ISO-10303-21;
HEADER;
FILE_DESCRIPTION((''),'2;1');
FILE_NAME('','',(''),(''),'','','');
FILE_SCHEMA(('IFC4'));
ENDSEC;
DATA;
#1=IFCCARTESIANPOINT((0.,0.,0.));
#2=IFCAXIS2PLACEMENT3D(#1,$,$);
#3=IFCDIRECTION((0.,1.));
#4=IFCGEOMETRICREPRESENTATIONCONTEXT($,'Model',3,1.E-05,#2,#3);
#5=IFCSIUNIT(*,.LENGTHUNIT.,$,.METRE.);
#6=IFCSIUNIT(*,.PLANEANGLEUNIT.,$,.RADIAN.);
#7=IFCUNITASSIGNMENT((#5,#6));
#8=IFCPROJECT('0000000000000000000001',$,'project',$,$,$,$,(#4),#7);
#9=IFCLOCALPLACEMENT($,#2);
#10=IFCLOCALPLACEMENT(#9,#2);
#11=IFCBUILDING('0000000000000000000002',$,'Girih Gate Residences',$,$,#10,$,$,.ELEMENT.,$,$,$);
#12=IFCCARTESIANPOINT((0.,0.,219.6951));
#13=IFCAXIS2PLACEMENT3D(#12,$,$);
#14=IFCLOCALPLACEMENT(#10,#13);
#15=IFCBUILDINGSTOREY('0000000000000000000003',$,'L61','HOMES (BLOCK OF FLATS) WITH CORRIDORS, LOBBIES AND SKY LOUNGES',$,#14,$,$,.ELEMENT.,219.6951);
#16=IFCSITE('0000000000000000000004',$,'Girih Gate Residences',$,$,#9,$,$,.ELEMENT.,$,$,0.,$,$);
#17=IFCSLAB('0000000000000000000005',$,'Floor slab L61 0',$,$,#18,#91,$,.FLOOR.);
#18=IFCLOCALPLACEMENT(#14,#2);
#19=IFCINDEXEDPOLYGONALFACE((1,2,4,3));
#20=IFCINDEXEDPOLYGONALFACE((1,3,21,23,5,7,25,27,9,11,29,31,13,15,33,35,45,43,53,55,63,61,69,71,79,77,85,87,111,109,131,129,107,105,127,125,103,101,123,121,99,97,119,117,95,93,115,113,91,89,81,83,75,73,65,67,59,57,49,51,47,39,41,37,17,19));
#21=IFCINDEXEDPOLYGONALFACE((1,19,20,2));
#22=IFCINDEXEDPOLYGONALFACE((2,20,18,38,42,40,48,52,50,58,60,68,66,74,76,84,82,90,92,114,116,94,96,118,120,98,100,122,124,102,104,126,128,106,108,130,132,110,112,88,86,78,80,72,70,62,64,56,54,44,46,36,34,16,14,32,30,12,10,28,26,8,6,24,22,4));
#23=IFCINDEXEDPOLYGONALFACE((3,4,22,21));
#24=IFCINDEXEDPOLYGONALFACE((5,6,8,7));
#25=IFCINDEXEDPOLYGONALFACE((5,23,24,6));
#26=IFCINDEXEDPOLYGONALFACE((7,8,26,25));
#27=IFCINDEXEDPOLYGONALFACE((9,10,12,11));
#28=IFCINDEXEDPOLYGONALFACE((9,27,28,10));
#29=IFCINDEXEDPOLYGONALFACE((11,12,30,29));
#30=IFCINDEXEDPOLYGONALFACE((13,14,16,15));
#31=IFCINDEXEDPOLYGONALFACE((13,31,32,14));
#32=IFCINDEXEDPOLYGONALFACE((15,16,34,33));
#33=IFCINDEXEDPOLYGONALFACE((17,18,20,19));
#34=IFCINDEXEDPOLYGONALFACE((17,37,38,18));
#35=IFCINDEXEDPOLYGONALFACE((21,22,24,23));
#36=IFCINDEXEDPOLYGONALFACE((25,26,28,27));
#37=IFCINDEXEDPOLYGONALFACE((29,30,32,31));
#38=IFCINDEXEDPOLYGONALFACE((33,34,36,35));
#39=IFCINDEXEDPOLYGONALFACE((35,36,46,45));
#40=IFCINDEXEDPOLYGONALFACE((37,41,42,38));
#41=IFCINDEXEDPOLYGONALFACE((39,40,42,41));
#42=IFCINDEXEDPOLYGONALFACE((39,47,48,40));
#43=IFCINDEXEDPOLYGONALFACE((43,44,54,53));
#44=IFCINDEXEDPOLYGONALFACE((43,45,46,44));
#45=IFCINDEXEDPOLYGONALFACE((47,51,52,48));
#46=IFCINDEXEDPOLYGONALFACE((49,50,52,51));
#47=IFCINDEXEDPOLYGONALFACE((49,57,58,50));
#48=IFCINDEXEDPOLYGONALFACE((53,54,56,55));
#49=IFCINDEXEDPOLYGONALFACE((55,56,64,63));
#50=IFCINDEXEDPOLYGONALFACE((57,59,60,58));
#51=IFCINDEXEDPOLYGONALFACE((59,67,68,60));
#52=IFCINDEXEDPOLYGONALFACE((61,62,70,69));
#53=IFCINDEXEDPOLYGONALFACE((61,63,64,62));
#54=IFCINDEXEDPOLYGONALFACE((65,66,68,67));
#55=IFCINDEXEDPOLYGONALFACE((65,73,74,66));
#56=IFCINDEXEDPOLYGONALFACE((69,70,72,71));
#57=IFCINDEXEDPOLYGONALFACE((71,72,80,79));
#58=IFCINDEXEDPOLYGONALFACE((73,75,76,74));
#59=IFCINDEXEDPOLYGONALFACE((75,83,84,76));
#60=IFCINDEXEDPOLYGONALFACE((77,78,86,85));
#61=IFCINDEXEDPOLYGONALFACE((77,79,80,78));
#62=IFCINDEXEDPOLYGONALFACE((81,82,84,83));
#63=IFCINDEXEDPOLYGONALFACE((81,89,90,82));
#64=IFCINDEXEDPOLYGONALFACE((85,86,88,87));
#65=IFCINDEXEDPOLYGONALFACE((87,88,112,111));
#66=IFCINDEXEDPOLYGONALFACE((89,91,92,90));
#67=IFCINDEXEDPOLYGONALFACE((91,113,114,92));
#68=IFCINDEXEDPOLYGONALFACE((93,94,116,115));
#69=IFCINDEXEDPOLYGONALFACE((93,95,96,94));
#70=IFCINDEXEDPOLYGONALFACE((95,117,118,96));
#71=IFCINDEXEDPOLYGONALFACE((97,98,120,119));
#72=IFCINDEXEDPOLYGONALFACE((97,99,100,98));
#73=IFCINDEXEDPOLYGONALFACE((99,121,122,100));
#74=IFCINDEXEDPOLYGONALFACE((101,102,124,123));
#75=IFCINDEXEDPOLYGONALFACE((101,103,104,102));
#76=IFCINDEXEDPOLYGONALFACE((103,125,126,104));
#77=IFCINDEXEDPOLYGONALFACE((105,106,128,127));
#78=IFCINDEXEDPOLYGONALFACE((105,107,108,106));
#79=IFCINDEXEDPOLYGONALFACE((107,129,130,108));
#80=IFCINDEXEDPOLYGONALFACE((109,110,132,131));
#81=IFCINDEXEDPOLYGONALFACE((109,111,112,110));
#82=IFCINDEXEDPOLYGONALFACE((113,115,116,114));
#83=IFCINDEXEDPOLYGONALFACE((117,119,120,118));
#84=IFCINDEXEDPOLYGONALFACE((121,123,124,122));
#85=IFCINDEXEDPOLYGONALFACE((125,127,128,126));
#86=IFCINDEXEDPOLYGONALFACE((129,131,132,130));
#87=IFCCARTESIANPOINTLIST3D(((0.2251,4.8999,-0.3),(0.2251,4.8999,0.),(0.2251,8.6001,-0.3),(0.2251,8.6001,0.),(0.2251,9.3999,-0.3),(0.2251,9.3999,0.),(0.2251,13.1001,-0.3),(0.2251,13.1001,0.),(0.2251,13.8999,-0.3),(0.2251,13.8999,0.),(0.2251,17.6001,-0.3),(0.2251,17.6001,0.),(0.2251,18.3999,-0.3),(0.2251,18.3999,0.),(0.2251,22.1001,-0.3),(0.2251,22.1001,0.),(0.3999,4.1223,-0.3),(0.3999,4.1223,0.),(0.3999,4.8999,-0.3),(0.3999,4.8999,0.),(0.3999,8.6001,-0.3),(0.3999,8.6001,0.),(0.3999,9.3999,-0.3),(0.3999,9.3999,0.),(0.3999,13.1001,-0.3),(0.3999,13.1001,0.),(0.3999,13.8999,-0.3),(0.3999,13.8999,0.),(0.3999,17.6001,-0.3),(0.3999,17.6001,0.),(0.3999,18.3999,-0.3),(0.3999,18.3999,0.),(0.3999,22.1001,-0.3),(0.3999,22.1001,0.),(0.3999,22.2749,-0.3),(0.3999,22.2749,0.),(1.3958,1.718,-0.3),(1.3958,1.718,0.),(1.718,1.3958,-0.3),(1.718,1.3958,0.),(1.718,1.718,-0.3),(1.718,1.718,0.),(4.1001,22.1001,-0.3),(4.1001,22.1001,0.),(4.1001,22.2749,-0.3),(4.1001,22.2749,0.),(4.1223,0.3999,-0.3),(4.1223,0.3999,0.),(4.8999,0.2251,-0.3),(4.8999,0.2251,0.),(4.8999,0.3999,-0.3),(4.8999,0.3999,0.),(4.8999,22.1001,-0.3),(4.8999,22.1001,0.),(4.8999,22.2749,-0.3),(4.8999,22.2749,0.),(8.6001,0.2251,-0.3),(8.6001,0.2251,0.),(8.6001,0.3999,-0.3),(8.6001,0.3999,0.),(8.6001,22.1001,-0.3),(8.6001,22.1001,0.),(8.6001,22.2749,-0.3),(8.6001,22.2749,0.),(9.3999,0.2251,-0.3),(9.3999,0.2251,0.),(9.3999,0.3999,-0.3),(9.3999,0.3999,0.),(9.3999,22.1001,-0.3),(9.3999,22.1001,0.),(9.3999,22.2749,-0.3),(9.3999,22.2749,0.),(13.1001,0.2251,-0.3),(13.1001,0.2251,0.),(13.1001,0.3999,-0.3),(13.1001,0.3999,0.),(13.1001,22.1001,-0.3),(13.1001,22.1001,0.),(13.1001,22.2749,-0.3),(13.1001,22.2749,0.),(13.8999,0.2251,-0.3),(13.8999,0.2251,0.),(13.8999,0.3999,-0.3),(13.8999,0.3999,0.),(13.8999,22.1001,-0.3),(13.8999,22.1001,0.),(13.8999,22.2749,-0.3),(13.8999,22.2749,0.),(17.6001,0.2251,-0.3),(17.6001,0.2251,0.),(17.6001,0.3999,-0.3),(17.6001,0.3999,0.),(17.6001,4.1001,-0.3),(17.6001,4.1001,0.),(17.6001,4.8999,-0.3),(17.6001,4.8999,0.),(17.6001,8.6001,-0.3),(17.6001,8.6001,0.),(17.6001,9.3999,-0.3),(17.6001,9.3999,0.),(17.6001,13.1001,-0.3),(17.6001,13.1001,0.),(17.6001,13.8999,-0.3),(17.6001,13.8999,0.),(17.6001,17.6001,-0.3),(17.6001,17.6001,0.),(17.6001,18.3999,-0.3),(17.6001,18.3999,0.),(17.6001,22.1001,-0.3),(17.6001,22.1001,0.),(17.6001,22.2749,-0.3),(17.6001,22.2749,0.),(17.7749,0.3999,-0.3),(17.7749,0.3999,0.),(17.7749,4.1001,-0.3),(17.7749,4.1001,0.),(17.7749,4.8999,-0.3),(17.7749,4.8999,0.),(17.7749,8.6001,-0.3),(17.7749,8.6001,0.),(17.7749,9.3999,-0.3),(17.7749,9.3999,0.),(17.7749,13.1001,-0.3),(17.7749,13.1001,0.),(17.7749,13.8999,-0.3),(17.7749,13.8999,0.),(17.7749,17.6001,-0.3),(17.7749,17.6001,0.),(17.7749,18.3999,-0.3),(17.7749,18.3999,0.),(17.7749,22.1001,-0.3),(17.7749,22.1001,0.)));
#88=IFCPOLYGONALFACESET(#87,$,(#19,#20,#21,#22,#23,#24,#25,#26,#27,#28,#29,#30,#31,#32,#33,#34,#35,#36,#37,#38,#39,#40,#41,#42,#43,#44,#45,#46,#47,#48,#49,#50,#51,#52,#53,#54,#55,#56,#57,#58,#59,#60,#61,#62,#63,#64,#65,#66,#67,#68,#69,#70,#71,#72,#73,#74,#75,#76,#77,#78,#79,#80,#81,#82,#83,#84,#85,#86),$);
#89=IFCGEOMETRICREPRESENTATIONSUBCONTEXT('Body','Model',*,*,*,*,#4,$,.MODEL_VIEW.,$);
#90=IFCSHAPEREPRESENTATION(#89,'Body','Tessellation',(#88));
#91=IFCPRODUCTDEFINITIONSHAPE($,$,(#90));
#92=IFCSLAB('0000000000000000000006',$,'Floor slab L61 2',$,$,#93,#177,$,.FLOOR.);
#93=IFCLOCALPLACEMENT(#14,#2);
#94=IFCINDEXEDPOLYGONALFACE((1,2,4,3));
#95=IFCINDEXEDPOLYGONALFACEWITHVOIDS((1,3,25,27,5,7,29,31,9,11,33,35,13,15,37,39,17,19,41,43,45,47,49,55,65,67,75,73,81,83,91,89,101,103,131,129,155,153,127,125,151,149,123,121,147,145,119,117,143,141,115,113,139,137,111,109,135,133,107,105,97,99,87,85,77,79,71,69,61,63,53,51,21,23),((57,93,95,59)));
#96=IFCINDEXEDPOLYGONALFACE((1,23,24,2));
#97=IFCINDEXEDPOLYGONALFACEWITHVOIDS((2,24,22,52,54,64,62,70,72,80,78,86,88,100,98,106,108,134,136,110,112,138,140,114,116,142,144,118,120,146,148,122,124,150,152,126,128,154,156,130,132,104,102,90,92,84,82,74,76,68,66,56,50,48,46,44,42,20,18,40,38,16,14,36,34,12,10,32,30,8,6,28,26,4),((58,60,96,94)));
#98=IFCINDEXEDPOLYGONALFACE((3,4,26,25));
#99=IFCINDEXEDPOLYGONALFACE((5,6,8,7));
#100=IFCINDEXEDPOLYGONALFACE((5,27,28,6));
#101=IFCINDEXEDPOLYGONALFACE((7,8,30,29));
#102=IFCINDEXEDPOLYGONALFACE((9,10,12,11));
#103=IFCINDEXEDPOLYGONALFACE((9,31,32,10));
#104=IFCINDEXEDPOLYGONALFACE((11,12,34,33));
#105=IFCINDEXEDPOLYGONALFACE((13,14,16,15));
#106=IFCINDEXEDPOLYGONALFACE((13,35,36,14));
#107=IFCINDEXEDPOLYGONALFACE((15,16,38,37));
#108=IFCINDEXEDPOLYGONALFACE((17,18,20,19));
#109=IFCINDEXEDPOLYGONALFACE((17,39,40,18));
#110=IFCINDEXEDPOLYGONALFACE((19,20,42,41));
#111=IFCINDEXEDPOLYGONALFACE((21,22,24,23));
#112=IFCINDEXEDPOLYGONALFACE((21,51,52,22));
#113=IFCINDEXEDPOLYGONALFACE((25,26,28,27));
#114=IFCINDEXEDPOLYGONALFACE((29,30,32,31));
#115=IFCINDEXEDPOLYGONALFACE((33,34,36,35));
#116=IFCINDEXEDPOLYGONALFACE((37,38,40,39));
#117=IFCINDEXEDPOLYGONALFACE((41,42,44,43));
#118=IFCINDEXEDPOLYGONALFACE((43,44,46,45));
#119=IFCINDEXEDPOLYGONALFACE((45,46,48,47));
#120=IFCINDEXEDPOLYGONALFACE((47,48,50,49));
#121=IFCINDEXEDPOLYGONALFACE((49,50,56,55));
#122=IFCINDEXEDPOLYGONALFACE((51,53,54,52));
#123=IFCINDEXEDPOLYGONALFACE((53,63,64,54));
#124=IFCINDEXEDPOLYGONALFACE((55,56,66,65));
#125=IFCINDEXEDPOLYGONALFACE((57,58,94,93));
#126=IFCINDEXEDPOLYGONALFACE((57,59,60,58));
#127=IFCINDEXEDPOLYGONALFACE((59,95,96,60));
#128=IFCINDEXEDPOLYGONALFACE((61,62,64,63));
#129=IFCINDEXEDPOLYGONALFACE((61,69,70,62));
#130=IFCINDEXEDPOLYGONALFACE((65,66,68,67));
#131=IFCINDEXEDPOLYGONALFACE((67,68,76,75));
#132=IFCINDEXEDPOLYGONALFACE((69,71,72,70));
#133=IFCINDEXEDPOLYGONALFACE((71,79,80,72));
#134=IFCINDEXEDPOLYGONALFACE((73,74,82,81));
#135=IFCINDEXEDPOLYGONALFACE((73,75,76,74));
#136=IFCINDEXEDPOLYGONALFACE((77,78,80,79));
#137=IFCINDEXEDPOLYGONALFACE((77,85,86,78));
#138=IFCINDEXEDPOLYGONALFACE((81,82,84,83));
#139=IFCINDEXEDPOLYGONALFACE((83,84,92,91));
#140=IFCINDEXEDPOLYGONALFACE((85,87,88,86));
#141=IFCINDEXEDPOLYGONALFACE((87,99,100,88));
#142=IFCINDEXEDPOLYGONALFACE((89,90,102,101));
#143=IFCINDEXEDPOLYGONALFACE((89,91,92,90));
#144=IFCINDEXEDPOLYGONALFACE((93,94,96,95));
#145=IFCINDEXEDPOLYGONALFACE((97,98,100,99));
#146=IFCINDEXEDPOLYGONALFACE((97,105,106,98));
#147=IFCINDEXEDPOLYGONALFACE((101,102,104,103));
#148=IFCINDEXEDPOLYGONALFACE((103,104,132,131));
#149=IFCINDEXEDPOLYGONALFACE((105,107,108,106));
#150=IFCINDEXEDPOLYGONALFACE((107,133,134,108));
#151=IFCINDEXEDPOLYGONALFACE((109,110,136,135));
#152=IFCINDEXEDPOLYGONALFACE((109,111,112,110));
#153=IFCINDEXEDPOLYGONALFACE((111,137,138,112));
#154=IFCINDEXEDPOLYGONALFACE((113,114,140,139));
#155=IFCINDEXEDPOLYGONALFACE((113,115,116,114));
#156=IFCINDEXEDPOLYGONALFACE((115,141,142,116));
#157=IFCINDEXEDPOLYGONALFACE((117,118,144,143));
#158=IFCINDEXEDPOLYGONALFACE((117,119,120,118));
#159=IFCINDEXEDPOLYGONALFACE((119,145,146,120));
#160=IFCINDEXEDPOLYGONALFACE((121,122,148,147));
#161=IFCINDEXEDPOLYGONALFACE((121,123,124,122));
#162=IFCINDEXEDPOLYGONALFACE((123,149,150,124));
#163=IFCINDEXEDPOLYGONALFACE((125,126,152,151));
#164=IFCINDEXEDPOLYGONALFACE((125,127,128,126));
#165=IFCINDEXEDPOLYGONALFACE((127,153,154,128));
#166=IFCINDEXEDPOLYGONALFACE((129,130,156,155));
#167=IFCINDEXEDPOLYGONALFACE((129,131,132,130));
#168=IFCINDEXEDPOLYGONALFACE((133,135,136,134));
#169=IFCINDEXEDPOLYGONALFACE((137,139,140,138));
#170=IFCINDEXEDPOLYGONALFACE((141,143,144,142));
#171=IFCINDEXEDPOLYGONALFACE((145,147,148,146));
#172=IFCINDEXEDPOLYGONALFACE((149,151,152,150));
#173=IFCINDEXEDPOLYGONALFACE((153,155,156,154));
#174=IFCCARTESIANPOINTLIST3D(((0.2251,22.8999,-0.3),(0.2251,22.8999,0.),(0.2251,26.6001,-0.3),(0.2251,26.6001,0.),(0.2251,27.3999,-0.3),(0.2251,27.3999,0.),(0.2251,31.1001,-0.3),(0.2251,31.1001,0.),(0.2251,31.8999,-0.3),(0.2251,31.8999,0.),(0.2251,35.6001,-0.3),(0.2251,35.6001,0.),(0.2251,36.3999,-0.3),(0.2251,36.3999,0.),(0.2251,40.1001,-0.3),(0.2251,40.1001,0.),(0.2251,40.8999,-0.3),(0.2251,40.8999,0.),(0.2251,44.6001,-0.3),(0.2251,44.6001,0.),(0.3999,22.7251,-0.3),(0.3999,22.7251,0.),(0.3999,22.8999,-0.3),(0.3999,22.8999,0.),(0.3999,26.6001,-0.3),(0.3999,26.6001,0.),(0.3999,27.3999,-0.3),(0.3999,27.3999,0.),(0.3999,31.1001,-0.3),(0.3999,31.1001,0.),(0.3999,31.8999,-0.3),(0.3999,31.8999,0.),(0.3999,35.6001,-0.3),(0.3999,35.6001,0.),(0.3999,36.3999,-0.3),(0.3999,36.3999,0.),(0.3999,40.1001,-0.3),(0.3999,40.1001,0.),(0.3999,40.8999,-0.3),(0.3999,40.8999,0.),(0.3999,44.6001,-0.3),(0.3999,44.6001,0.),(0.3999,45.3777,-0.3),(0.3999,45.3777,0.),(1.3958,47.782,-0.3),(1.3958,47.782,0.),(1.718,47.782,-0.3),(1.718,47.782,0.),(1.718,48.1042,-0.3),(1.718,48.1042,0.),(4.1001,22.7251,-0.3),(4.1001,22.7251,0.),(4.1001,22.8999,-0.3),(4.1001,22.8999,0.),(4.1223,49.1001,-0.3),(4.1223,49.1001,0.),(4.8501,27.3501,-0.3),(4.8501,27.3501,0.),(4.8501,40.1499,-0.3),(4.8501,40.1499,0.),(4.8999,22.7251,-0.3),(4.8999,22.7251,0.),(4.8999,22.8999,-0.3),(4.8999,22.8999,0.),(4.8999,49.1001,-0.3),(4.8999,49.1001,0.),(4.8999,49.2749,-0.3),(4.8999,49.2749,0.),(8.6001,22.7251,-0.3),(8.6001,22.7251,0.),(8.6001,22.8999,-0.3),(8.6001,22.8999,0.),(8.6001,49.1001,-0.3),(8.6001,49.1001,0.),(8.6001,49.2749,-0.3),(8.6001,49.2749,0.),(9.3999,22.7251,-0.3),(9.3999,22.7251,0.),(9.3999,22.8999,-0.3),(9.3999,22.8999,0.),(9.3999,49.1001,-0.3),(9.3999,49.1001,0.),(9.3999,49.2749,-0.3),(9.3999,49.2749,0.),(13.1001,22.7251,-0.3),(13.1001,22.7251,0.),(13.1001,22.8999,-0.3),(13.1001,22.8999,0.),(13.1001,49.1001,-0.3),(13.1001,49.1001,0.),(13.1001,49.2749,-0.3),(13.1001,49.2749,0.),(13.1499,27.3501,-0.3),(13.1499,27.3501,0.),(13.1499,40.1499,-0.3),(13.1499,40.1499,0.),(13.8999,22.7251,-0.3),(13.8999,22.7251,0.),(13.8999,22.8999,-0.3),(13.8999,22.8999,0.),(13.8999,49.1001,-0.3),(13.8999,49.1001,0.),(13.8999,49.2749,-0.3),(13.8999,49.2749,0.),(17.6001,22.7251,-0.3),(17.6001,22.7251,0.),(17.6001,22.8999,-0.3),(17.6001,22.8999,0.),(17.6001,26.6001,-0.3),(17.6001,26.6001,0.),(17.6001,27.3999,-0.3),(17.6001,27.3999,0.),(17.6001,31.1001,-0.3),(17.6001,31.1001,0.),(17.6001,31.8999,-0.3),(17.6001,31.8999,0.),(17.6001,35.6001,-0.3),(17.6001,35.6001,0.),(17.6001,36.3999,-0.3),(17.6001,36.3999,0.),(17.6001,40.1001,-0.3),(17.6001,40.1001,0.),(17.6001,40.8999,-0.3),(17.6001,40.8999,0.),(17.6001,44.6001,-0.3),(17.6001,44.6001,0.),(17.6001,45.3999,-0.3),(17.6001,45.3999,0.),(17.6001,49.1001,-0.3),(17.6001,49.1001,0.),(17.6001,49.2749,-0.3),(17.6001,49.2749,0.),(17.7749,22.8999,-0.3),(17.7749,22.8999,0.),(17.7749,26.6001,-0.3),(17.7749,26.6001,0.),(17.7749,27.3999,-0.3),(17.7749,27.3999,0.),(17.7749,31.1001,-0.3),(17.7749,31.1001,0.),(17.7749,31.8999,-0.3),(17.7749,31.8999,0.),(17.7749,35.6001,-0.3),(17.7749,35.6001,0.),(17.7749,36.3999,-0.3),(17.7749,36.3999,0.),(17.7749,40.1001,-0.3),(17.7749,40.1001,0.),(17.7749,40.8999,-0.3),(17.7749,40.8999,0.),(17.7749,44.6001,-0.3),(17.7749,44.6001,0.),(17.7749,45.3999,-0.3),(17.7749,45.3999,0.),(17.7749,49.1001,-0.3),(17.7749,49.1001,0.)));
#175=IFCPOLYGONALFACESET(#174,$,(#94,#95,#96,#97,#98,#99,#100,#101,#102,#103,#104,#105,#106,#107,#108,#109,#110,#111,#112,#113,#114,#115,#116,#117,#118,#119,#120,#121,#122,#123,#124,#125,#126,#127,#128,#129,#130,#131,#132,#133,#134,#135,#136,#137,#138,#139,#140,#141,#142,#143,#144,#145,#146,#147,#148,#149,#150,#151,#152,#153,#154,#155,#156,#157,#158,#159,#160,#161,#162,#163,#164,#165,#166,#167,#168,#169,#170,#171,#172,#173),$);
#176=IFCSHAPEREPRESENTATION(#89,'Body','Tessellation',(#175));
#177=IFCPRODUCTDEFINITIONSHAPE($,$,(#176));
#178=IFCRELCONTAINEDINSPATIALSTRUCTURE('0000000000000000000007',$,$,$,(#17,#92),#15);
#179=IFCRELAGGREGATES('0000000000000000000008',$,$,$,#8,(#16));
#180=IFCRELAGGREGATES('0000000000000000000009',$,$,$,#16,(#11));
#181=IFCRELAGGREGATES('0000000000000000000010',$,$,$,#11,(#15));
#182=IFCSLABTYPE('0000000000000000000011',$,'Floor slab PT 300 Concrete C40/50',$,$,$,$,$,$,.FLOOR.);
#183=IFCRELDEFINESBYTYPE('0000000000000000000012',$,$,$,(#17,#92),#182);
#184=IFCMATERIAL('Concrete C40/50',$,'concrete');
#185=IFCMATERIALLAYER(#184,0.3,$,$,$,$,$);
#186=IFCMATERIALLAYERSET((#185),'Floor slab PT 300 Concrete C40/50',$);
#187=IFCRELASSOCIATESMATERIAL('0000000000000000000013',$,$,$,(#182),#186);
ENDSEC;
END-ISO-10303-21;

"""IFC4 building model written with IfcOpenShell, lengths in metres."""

from ifc_helpers import new_model, si_unit, direction, frame, origin, place, context, subcontext, project, spatial, polyline, outline, extrude, material, layer, layer_set, type_object, element, save


model = new_model("IFC4")

# Units and contexts
model_context = context("Model", 3, precision=1e-05, world=origin(), true_north=direction((0.0, 1.0)))
body_context = subcontext(model_context, "Body", "Model", "MODEL_VIEW")
ifc_project = project(units=[si_unit("LENGTHUNIT", "METRE"), si_unit("PLANEANGLEUNIT", "RADIAN")], contexts=[model_context])

# Site, building, storey
site_placement = place(None, origin())
site = spatial("IfcSite", under=ifc_project, at=site_placement, Name="Girih Gate Residences", CompositionType="ELEMENT", RefElevation=0.0)
building_placement = place(site_placement, origin())
building = spatial("IfcBuilding", under=site, at=building_placement, Name="Girih Gate Residences", CompositionType="ELEMENT")
storey_placement = place(building_placement, frame((0.0, 0.0, 219.6951)))
storey = spatial("IfcBuildingStorey", under=building, at=storey_placement, Name="L61", Description="HOMES (BLOCK OF FLATS) WITH CORRIDORS, LOBBIES AND SKY LOUNGES", CompositionType="ELEMENT", Elevation=219.6951)

# Slabs
ifc_material_1 = material(Name="Concrete C40/50", Category="concrete")
ifc_layer_1 = layer(ifc_material_1, 0.3)
ifc_layer_set_1 = layer_set([ifc_layer_1], Name="Floor slab PT 300 Concrete C40/50")
slab_type_1 = type_object("IfcSlabType", Name="Floor slab PT 300 Concrete C40/50", PredefinedType="FLOOR", material=ifc_layer_set_1)
slab_1_placement = place(storey_placement, frame((0.0, 0.0, -0.3)))
element("IfcSlab", 1, at=slab_1_placement, inside=storey, type_object=slab_type_1, Name="Floor slab L61 0", PredefinedType="FLOOR", context=body_context, shape_type="SweptSolid", body=[
    extrude(outline(polyline([(13.8999, 0.2251), (17.6001, 0.2251), (17.6001, 0.3999), (17.7749, 0.3999), (17.7749, 4.1001), (17.6001, 4.1001), (17.6001, 4.8999), (17.7749, 4.8999), (17.7749, 8.6001), (17.6001, 8.6001), (17.6001, 9.3999), (17.7749, 9.3999), (17.7749, 13.1001), (17.6001, 13.1001), (17.6001, 13.8999), (17.7749, 13.8999), (17.7749, 17.6001), (17.6001, 17.6001), (17.6001, 18.3999), (17.7749, 18.3999), (17.7749, 22.1001), (17.6001, 22.1001), (17.6001, 22.2749), (13.8999, 22.2749), (13.8999, 22.1001), (13.1001, 22.1001), (13.1001, 22.2749), (9.3999, 22.2749), (9.3999, 22.1001), (8.6001, 22.1001), (8.6001, 22.2749), (4.8999, 22.2749), (4.8999, 22.1001), (4.1001, 22.1001), (4.1001, 22.2749), (0.3999, 22.2749), (0.3999, 22.1001), (0.2251, 22.1001), (0.2251, 18.3999), (0.3999, 18.3999), (0.3999, 17.6001), (0.2251, 17.6001), (0.2251, 13.8999), (0.3999, 13.8999), (0.3999, 13.1001), (0.2251, 13.1001), (0.2251, 9.3999), (0.3999, 9.3999), (0.3999, 8.6001), (0.2251, 8.6001), (0.2251, 4.8999), (0.3999, 4.8999), (0.3999, 4.1223), (1.3958, 1.718), (1.718, 1.718), (1.718, 1.3958), (4.1223, 0.3999), (4.8999, 0.3999), (4.8999, 0.2251), (8.6001, 0.2251), (8.6001, 0.3999), (9.3999, 0.3999), (9.3999, 0.2251), (13.1001, 0.2251), (13.1001, 0.3999), (13.8999, 0.3999), (13.8999, 0.2251)])), origin(), (0.0, 0.0, 1.0), 0.3),
])
slab_2_placement = place(storey_placement, frame((0.0, 0.0, -0.3)))
element("IfcSlab", 2, at=slab_2_placement, inside=storey, type_object=slab_type_1, Name="Floor slab L61 2", PredefinedType="FLOOR", context=body_context, shape_type="SweptSolid", body=[
    extrude(outline(polyline([(0.2251, 26.6001), (0.2251, 22.8999), (0.3999, 22.8999), (0.3999, 22.7251), (4.1001, 22.7251), (4.1001, 22.8999), (4.8999, 22.8999), (4.8999, 22.7251), (8.6001, 22.7251), (8.6001, 22.8999), (9.3999, 22.8999), (9.3999, 22.7251), (13.1001, 22.7251), (13.1001, 22.8999), (13.8999, 22.8999), (13.8999, 22.7251), (17.6001, 22.7251), (17.6001, 22.8999), (17.7749, 22.8999), (17.7749, 26.6001), (17.6001, 26.6001), (17.6001, 27.3999), (17.7749, 27.3999), (17.7749, 31.1001), (17.6001, 31.1001), (17.6001, 31.8999), (17.7749, 31.8999), (17.7749, 35.6001), (17.6001, 35.6001), (17.6001, 36.3999), (17.7749, 36.3999), (17.7749, 40.1001), (17.6001, 40.1001), (17.6001, 40.8999), (17.7749, 40.8999), (17.7749, 44.6001), (17.6001, 44.6001), (17.6001, 45.3999), (17.7749, 45.3999), (17.7749, 49.1001), (17.6001, 49.1001), (17.6001, 49.2749), (13.8999, 49.2749), (13.8999, 49.1001), (13.1001, 49.1001), (13.1001, 49.2749), (9.3999, 49.2749), (9.3999, 49.1001), (8.6001, 49.1001), (8.6001, 49.2749), (4.8999, 49.2749), (4.8999, 49.1001), (4.1223, 49.1001), (1.718, 48.1042), (1.718, 47.782), (1.3958, 47.782), (0.3999, 45.3777), (0.3999, 44.6001), (0.2251, 44.6001), (0.2251, 40.8999), (0.3999, 40.8999), (0.3999, 40.1001), (0.2251, 40.1001), (0.2251, 36.3999), (0.3999, 36.3999), (0.3999, 35.6001), (0.2251, 35.6001), (0.2251, 31.8999), (0.3999, 31.8999), (0.3999, 31.1001), (0.2251, 31.1001), (0.2251, 27.3999), (0.3999, 27.3999), (0.3999, 26.6001), (0.2251, 26.6001)]), holes=[polyline([(13.1499, 40.1499), (13.1499, 27.3501), (4.8501, 27.3501), (4.8501, 40.1499), (13.1499, 40.1499)])]), origin(), (0.0, 0.0, 1.0), 0.3),
])

save(model, "model.ifc")
